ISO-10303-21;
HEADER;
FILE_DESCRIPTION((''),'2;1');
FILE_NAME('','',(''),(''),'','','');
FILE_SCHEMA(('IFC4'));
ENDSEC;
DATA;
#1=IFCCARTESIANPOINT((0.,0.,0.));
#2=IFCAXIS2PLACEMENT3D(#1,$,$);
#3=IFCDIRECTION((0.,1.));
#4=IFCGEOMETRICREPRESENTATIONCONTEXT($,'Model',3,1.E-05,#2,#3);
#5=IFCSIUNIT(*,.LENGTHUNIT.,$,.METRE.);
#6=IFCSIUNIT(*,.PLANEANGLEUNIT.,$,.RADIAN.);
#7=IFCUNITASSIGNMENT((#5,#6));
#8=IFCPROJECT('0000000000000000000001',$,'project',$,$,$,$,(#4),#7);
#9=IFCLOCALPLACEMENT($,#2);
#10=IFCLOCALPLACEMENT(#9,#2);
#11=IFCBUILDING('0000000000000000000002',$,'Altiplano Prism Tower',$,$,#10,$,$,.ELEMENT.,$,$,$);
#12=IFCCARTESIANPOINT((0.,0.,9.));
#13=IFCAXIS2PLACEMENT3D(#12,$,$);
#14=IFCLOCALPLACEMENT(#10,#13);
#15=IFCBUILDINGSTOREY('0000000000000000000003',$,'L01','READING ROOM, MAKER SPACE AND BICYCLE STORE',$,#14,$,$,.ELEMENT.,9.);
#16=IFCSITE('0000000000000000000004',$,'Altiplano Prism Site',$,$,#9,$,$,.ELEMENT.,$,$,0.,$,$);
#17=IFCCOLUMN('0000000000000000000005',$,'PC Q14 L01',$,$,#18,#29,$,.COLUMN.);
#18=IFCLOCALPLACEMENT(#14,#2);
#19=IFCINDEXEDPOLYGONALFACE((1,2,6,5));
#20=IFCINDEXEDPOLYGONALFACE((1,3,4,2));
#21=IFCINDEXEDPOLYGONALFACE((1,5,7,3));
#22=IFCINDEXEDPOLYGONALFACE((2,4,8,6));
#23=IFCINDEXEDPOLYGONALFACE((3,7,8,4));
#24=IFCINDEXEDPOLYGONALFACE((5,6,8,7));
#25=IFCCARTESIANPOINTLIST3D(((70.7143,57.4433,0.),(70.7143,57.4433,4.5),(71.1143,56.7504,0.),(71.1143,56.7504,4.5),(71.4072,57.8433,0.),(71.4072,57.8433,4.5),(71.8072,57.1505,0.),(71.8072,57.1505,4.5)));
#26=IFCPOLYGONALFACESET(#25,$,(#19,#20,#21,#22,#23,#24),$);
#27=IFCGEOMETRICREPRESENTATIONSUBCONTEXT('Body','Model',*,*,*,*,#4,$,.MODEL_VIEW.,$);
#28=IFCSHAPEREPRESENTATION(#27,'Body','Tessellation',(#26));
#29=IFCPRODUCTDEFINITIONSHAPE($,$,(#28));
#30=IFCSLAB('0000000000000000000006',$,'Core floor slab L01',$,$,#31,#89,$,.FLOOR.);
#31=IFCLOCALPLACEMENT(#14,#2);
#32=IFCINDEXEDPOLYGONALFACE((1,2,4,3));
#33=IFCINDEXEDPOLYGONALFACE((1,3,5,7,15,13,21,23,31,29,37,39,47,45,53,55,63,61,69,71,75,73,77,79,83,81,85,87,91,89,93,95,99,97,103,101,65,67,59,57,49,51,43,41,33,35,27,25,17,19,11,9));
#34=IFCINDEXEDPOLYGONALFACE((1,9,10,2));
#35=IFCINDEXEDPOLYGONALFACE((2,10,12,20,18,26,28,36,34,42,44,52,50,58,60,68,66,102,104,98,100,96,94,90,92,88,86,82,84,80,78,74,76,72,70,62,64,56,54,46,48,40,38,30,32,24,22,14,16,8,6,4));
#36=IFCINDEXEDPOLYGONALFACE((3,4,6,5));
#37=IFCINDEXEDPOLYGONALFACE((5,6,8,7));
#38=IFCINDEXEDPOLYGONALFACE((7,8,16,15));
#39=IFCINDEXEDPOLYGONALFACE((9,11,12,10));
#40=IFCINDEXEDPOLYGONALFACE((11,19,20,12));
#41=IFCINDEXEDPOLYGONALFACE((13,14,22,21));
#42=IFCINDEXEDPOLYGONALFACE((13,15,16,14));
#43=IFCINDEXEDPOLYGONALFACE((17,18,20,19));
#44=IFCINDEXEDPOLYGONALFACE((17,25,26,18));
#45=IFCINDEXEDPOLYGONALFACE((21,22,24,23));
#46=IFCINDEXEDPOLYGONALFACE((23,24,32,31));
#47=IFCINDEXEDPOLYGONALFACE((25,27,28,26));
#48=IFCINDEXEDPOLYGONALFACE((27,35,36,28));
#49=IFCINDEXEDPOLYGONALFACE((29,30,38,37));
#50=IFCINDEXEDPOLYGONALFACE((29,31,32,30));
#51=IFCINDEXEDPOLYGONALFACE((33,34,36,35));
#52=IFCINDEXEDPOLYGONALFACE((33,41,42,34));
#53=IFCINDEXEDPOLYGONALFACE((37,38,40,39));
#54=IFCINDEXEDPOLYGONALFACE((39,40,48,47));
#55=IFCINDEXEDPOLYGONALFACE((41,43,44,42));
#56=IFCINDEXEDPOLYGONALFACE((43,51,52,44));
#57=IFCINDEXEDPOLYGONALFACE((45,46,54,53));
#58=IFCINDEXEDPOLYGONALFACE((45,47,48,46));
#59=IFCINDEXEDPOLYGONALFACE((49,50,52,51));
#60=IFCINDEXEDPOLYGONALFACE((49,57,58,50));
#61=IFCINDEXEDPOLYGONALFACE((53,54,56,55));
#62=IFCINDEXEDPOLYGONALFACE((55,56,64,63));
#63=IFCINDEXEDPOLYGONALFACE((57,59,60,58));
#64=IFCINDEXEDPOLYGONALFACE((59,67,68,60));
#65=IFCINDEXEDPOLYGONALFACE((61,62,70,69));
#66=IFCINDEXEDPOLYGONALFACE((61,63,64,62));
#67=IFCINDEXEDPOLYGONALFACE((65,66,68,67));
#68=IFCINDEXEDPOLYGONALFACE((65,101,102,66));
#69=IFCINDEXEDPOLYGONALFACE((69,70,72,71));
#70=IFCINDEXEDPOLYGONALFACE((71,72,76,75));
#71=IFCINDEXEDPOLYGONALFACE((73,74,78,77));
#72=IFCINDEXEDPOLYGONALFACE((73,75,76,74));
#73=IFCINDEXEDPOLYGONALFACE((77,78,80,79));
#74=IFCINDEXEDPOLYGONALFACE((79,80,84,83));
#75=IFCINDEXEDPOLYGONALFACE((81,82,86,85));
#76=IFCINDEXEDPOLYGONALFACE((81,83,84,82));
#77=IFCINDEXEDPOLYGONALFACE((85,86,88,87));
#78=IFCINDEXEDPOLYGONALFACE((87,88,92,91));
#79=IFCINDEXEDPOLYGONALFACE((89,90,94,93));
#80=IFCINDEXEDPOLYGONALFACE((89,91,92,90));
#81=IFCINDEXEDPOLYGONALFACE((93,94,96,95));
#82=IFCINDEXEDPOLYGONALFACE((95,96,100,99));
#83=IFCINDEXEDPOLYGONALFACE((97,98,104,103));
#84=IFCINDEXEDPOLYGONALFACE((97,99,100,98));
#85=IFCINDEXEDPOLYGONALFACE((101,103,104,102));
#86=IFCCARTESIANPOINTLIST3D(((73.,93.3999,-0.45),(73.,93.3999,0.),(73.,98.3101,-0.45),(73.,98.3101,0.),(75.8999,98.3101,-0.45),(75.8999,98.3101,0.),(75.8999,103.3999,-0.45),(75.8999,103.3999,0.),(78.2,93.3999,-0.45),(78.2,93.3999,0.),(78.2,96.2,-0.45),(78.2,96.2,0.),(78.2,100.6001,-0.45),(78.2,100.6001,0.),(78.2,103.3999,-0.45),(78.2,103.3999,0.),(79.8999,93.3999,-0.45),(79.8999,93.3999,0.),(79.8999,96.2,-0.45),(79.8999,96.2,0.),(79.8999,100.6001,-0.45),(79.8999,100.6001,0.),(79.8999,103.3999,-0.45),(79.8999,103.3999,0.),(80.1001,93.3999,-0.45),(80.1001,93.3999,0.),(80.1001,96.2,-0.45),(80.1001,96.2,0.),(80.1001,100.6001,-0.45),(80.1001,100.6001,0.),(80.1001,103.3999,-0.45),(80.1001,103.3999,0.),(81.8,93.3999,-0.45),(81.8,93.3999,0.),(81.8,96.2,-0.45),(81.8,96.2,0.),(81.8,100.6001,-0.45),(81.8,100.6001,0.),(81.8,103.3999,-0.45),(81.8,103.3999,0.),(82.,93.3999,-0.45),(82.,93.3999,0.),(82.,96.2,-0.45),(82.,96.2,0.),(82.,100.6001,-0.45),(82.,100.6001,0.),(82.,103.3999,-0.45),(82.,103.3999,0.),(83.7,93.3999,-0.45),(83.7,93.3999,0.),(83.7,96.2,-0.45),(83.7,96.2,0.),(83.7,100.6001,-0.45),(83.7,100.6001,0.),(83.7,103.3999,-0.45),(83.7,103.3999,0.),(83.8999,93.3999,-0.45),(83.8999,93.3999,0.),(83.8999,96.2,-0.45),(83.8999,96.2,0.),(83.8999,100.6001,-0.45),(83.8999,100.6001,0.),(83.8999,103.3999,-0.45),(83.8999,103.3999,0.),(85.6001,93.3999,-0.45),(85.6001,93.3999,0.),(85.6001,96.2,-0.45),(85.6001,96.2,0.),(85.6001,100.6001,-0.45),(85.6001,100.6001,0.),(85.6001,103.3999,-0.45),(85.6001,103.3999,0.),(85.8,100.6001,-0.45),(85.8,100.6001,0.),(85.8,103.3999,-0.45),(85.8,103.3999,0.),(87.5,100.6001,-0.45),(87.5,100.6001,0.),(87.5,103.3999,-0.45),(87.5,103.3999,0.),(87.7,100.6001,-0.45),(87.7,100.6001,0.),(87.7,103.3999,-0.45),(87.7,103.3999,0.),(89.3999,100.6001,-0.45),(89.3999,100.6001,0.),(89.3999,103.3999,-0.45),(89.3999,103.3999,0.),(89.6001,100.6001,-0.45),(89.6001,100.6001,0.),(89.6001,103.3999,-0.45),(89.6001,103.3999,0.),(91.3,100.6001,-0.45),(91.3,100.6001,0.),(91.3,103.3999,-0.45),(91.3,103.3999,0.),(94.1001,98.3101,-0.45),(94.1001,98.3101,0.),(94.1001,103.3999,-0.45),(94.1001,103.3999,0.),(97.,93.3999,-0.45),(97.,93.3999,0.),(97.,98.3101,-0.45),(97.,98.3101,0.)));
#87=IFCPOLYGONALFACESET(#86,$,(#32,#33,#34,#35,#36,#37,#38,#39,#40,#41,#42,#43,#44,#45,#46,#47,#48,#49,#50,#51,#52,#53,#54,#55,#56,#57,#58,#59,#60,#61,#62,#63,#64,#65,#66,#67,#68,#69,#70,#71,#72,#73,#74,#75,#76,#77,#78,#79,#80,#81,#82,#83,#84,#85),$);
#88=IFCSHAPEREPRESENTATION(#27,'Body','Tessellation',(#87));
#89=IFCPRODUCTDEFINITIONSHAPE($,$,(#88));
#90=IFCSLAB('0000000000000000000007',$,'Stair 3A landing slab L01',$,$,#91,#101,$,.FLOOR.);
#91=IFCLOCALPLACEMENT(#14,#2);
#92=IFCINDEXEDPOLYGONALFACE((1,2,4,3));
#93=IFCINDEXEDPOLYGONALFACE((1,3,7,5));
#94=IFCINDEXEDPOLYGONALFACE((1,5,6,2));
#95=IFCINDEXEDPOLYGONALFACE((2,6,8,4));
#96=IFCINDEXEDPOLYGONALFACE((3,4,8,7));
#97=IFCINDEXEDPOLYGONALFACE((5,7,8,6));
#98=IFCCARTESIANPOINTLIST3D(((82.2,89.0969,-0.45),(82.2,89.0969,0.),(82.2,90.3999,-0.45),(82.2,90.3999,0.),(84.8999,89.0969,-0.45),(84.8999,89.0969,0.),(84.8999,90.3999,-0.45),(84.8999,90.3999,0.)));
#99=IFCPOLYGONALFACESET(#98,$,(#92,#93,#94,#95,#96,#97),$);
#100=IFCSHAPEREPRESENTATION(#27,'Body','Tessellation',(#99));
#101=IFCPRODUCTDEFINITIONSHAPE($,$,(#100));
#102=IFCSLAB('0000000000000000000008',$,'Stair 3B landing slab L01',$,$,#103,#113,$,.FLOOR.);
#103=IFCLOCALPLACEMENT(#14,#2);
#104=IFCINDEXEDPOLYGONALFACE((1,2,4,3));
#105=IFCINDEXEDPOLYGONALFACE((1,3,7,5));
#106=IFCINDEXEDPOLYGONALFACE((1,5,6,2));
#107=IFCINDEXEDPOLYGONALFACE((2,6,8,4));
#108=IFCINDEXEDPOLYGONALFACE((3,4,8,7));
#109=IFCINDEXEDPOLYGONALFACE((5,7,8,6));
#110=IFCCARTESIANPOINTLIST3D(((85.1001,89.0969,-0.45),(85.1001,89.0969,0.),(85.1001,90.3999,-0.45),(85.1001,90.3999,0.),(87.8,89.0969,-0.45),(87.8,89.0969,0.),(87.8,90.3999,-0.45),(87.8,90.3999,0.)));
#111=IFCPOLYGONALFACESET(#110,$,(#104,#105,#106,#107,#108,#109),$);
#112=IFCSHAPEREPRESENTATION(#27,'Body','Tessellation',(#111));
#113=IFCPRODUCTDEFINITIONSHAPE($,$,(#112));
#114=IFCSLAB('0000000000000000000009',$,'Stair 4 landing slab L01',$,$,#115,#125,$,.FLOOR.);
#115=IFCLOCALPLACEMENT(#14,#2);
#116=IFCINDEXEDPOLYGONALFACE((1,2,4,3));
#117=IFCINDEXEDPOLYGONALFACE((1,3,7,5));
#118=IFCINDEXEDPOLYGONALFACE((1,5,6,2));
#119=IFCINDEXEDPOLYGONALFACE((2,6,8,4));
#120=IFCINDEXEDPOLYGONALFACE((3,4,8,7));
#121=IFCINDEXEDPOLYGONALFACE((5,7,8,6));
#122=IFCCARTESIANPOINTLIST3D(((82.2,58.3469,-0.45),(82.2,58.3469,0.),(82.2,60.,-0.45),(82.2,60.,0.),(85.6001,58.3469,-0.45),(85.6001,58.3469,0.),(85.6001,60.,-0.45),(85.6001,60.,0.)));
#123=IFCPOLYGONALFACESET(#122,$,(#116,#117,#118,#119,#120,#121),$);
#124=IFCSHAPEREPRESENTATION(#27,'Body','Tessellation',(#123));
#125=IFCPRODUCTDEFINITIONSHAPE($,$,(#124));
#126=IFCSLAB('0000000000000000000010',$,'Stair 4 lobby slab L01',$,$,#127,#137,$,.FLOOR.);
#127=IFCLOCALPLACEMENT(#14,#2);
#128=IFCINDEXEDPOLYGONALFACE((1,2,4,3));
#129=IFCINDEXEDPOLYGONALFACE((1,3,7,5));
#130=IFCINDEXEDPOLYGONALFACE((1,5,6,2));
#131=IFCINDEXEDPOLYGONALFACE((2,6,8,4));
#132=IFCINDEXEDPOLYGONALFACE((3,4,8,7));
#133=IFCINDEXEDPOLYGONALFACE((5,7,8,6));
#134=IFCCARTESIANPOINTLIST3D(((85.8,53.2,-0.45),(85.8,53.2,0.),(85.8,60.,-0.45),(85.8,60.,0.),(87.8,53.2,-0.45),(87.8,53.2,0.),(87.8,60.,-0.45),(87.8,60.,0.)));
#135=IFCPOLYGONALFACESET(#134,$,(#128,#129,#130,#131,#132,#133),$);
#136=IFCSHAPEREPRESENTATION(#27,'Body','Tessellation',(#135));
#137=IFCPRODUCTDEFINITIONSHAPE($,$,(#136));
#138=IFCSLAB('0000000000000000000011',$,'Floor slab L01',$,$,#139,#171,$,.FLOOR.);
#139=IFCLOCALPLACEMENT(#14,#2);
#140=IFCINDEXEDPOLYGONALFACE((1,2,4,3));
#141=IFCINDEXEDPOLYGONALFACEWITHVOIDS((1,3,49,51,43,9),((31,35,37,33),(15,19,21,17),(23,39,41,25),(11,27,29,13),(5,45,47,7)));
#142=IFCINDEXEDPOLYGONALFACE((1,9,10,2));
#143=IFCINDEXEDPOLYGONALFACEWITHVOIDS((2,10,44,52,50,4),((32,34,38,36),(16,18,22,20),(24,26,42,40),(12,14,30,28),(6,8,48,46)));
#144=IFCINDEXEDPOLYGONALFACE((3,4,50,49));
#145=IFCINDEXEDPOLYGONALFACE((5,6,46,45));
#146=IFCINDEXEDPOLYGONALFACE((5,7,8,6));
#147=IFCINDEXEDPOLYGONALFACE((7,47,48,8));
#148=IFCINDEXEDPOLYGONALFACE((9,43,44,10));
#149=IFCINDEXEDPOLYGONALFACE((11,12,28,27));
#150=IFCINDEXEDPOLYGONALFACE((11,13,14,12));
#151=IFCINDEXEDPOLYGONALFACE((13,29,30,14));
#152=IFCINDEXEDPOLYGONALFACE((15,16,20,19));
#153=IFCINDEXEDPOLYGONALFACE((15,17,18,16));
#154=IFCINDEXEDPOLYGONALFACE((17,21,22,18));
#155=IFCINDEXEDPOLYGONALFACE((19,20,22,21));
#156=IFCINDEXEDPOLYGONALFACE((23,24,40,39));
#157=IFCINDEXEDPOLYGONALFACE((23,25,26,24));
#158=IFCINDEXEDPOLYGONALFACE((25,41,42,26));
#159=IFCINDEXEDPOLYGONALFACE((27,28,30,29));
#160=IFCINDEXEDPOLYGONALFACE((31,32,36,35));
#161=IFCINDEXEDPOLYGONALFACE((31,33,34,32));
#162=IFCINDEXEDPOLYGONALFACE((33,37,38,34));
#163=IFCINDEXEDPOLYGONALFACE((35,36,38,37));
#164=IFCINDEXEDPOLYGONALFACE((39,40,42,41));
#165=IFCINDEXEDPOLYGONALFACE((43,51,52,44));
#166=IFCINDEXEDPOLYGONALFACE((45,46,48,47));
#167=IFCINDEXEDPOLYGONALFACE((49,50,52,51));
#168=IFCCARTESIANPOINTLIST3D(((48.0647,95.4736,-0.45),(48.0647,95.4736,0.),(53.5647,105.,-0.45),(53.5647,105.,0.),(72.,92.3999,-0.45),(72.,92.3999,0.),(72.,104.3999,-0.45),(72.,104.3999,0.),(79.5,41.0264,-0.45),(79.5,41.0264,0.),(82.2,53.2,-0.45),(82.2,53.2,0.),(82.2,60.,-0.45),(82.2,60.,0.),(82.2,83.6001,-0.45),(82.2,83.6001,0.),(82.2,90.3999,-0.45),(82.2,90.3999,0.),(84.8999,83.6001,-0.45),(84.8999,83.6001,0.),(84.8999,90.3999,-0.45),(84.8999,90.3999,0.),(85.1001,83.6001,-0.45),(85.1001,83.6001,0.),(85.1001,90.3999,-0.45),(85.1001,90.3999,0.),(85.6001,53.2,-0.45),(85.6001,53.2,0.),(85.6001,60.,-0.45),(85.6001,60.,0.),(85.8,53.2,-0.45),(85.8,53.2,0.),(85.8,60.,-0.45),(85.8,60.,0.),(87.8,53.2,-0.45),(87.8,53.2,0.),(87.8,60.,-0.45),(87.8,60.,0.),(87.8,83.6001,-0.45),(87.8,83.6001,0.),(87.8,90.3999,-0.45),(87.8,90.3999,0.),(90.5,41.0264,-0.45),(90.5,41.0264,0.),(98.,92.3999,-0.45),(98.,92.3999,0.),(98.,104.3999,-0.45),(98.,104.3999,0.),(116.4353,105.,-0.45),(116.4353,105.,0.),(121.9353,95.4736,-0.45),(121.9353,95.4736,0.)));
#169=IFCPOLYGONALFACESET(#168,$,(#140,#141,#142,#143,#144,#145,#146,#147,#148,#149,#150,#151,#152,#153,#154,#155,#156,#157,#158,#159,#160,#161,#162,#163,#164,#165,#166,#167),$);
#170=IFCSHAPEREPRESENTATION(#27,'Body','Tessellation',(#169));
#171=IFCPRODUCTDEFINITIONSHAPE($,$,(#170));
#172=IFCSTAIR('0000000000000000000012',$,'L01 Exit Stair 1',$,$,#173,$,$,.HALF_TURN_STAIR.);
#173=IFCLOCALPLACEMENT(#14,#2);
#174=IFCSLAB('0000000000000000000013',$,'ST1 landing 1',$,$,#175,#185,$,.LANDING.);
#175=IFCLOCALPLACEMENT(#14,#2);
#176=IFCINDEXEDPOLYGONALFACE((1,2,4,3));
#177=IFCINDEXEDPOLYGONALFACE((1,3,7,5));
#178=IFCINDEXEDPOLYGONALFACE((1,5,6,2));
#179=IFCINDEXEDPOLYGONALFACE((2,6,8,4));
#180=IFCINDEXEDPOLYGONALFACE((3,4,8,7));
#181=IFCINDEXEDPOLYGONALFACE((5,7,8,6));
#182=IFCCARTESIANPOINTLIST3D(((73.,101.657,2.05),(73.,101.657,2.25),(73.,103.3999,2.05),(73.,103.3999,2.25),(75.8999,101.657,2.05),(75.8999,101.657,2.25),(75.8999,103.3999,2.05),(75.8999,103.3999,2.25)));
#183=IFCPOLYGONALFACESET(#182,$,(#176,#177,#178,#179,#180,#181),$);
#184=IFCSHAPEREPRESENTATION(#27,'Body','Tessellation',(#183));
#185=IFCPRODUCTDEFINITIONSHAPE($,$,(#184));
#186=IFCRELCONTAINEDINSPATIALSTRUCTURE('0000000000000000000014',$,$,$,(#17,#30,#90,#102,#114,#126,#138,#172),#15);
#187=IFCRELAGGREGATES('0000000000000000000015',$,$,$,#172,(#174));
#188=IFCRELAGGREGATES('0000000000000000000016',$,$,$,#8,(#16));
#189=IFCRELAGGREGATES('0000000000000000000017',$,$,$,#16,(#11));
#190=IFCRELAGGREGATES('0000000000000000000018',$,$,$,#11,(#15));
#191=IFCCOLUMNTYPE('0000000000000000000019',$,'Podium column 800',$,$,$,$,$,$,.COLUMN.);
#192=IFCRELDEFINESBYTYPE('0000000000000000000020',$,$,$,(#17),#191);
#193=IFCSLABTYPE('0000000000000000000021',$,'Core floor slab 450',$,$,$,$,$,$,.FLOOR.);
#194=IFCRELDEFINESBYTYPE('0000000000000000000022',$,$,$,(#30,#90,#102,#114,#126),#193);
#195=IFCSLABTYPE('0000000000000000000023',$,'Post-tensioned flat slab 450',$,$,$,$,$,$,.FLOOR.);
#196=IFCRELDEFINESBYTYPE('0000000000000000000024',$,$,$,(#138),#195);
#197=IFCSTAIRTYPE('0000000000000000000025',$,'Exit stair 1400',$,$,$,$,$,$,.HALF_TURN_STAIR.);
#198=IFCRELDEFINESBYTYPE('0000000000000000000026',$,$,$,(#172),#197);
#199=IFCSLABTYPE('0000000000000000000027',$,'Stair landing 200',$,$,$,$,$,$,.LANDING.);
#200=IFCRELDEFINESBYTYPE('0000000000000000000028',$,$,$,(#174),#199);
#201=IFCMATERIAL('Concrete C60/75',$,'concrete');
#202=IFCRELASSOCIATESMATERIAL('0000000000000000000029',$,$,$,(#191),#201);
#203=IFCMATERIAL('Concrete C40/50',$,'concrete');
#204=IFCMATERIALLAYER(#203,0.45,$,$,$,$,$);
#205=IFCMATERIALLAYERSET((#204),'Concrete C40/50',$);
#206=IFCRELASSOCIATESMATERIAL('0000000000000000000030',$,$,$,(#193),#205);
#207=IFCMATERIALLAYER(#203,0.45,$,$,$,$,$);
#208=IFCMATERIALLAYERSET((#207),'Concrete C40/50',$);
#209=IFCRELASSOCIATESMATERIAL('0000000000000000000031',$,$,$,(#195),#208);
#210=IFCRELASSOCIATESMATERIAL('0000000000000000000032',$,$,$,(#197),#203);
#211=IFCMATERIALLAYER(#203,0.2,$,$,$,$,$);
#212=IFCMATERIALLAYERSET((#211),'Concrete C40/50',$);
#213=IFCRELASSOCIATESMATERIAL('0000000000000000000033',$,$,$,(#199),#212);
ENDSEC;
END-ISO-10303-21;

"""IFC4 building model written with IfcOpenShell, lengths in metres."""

from ifc_helpers import new_model, si_unit, direction, frame, origin, origin_2d, place, context, subcontext, project, spatial, polyline, rectangle, outline, extrude, material, layer, layer_set, material_profile, profile_set, type_object, element, aggregate, save


model = new_model("IFC4")

# Units and contexts
model_context = context("Model", 3, precision=1e-05, world=origin(), true_north=direction((0.0, 1.0)))
body_context = subcontext(model_context, "Body", "Model", "MODEL_VIEW")
ifc_project = project(units=[si_unit("LENGTHUNIT", "METRE"), si_unit("PLANEANGLEUNIT", "RADIAN")], contexts=[model_context])

# Site, building, storey
site_placement = place(None, origin())
site = spatial("IfcSite", under=ifc_project, at=site_placement, Name="Altiplano Prism Site", CompositionType="ELEMENT", RefElevation=0.0)
building_placement = place(site_placement, origin())
building = spatial("IfcBuilding", under=site, at=building_placement, Name="Altiplano Prism Tower", CompositionType="ELEMENT")
storey_placement = place(building_placement, frame((0.0, 0.0, 9.0)))
storey = spatial("IfcBuildingStorey", under=building, at=storey_placement, Name="L01", Description="READING ROOM, MAKER SPACE AND BICYCLE STORE", CompositionType="ELEMENT", Elevation=9.0)

# Column
ifc_material_1 = material(Name="Concrete C60/75", Category="concrete")
ifc_material_profile = material_profile(ifc_material_1, rectangle(XDim=0.8, YDim=0.8, at=origin_2d()), Name="Podium column 800")
ifc_profile_set = profile_set([ifc_material_profile], Name="Concrete C60/75")
column_type = type_object("IfcColumnType", Name="Podium column 800", PredefinedType="COLUMN", material=ifc_profile_set)
column_placement = place(storey_placement, frame((71.2607, 57.2969, 0.0), z_axis=(0.0, 0.0, 1.0), x_axis=(0.866025, 0.5, 0.0)))
element("IfcColumn", 1, at=column_placement, inside=storey, type_object=column_type, Name="PC Q14 L01", PredefinedType="COLUMN", context=body_context, shape_type="SweptSolid", body=[
    extrude(rectangle(XDim=0.8, YDim=0.8, at=origin_2d()), origin(), (0.0, 0.0, 1.0), 4.5),
])

# Slabs
ifc_material_2 = material(Name="Concrete C40/50", Category="concrete")
ifc_layer_1 = layer(ifc_material_2, 0.45)
ifc_layer_set_1 = layer_set([ifc_layer_1], Name="Concrete C40/50")
slab_type_1 = type_object("IfcSlabType", Name="Core floor slab 450", PredefinedType="FLOOR", material=ifc_layer_set_1)
slab_1_placement = place(storey_placement, frame((0.0, 0.0, -0.45)))
element("IfcSlab", 2, at=slab_1_placement, inside=storey, type_object=slab_type_1, Name="Core floor slab L01", PredefinedType="FLOOR", context=body_context, shape_type="SweptSolid", body=[
    extrude(outline(polyline([(97.0, 98.3101), (94.1001, 98.3101), (94.1001, 103.3999), (91.3, 103.3999), (91.3, 100.6001), (89.6001, 100.6001), (89.6001, 103.3999), (89.3999, 103.3999), (89.3999, 100.6001), (87.7, 100.6001), (87.7, 103.3999), (87.5, 103.3999), (87.5, 100.6001), (85.8, 100.6001), (85.8, 103.3999), (85.6001, 103.3999), (85.6001, 100.6001), (83.8999, 100.6001), (83.8999, 103.3999), (83.7, 103.3999), (83.7, 100.6001), (82.0, 100.6001), (82.0, 103.3999), (81.8, 103.3999), (81.8, 100.6001), (80.1001, 100.6001), (80.1001, 103.3999), (79.8999, 103.3999), (79.8999, 100.6001), (78.2, 100.6001), (78.2, 103.3999), (75.8999, 103.3999), (75.8999, 98.3101), (73.0, 98.3101), (73.0, 93.3999), (78.2, 93.3999), (78.2, 96.2), (79.8999, 96.2), (79.8999, 93.3999), (80.1001, 93.3999), (80.1001, 96.2), (81.8, 96.2), (81.8, 93.3999), (82.0, 93.3999), (82.0, 96.2), (83.7, 96.2), (83.7, 93.3999), (83.8999, 93.3999), (83.8999, 96.2), (85.6001, 96.2), (85.6001, 93.3999), (97.0, 93.3999), (97.0, 98.3101)])), origin(), (0.0, 0.0, 1.0), 0.45),
])
slab_2_placement = place(storey_placement, frame((0.0, 0.0, -0.45)))
element("IfcSlab", 3, at=slab_2_placement, inside=storey, type_object=slab_type_1, Name="Stair 3A landing slab L01", PredefinedType="FLOOR", context=body_context, shape_type="SweptSolid", body=[
    extrude(outline(polyline([(82.2, 89.0969), (84.8999, 89.0969), (84.8999, 90.3999), (82.2, 90.3999), (82.2, 89.0969)])), origin(), (0.0, 0.0, 1.0), 0.45),
])
slab_3_placement = place(storey_placement, frame((0.0, 0.0, -0.45)))
element("IfcSlab", 4, at=slab_3_placement, inside=storey, type_object=slab_type_1, Name="Stair 3B landing slab L01", PredefinedType="FLOOR", context=body_context, shape_type="SweptSolid", body=[
    extrude(outline(polyline([(85.1001, 89.0969), (87.8, 89.0969), (87.8, 90.3999), (85.1001, 90.3999), (85.1001, 89.0969)])), origin(), (0.0, 0.0, 1.0), 0.45),
])
slab_4_placement = place(storey_placement, frame((0.0, 0.0, -0.45)))
element("IfcSlab", 5, at=slab_4_placement, inside=storey, type_object=slab_type_1, Name="Stair 4 landing slab L01", PredefinedType="FLOOR", context=body_context, shape_type="SweptSolid", body=[
    extrude(outline(polyline([(82.2, 58.3469), (85.6001, 58.3469), (85.6001, 60.0), (82.2, 60.0), (82.2, 58.3469)])), origin(), (0.0, 0.0, 1.0), 0.45),
])
slab_5_placement = place(storey_placement, frame((0.0, 0.0, -0.45)))
element("IfcSlab", 6, at=slab_5_placement, inside=storey, type_object=slab_type_1, Name="Stair 4 lobby slab L01", PredefinedType="FLOOR", context=body_context, shape_type="SweptSolid", body=[
    extrude(outline(polyline([(85.8, 53.2), (87.8, 53.2), (87.8, 60.0), (85.8, 60.0), (85.8, 53.2)])), origin(), (0.0, 0.0, 1.0), 0.45),
])
ifc_layer_2 = layer(ifc_material_2, 0.45)
ifc_layer_set_2 = layer_set([ifc_layer_2], Name="Concrete C40/50")
slab_type_2 = type_object("IfcSlabType", Name="Post-tensioned flat slab 450", PredefinedType="FLOOR", material=ifc_layer_set_2)
slab_6_placement = place(storey_placement, frame((0.0, 0.0, -0.45)))
element("IfcSlab", 7, at=slab_6_placement, inside=storey, type_object=slab_type_2, Name="Floor slab L01", PredefinedType="FLOOR", context=body_context, shape_type="SweptSolid", body=[
    extrude(outline(polyline([(53.5647, 105.0), (116.4353, 105.0), (121.9353, 95.4736), (90.5, 41.0264), (79.5, 41.0264), (48.0647, 95.4736), (53.5647, 105.0)]), holes=[polyline([(98.0, 92.3999), (98.0, 104.3999), (72.0, 104.3999), (72.0, 92.3999), (98.0, 92.3999)]), polyline([(82.2, 83.6001), (84.8999, 83.6001), (84.8999, 90.3999), (82.2, 90.3999), (82.2, 83.6001)]), polyline([(85.1001, 90.3999), (85.1001, 83.6001), (87.8, 83.6001), (87.8, 90.3999), (85.1001, 90.3999)]), polyline([(85.6001, 60.0), (82.2, 60.0), (82.2, 53.2), (85.6001, 53.2), (85.6001, 60.0)]), polyline([(87.8, 53.2), (87.8, 60.0), (85.8, 60.0), (85.8, 53.2), (87.8, 53.2)])]), origin(), (0.0, 0.0, 1.0), 0.45),
])

# Stair, slab
stair_type_1 = type_object("IfcStairType", Name="Exit stair 1400", PredefinedType="HALF_TURN_STAIR", material=ifc_material_2)
stair_1_placement = place(storey_placement, origin())
stair_1 = element("IfcStair", 8, at=stair_1_placement, inside=storey, type_object=stair_type_1, Name="L01 Exit Stair 1", PredefinedType="HALF_TURN_STAIR")
ifc_layer_3 = layer(ifc_material_2, 0.2)
ifc_layer_set_3 = layer_set([ifc_layer_3], Name="Concrete C40/50")
slab_type_3 = type_object("IfcSlabType", Name="Stair landing 200", PredefinedType="LANDING", material=ifc_layer_set_3)
slab_7_placement = place(storey_placement, frame((0.0, 0.0, 2.05)))
slab_7 = element("IfcSlab", 9, at=slab_7_placement, type_object=slab_type_3, Name="ST1 landing 1", PredefinedType="LANDING", context=body_context, shape_type="SweptSolid", body=[
    extrude(outline(polyline([(75.8999, 101.657), (75.8999, 103.3999), (73.0, 103.3999), (73.0, 101.657), (75.8999, 101.657)])), origin(), (0.0, 0.0, 1.0), 0.2),
])
aggregate(stair_1, [slab_7])

save(model, "model.ifc")
